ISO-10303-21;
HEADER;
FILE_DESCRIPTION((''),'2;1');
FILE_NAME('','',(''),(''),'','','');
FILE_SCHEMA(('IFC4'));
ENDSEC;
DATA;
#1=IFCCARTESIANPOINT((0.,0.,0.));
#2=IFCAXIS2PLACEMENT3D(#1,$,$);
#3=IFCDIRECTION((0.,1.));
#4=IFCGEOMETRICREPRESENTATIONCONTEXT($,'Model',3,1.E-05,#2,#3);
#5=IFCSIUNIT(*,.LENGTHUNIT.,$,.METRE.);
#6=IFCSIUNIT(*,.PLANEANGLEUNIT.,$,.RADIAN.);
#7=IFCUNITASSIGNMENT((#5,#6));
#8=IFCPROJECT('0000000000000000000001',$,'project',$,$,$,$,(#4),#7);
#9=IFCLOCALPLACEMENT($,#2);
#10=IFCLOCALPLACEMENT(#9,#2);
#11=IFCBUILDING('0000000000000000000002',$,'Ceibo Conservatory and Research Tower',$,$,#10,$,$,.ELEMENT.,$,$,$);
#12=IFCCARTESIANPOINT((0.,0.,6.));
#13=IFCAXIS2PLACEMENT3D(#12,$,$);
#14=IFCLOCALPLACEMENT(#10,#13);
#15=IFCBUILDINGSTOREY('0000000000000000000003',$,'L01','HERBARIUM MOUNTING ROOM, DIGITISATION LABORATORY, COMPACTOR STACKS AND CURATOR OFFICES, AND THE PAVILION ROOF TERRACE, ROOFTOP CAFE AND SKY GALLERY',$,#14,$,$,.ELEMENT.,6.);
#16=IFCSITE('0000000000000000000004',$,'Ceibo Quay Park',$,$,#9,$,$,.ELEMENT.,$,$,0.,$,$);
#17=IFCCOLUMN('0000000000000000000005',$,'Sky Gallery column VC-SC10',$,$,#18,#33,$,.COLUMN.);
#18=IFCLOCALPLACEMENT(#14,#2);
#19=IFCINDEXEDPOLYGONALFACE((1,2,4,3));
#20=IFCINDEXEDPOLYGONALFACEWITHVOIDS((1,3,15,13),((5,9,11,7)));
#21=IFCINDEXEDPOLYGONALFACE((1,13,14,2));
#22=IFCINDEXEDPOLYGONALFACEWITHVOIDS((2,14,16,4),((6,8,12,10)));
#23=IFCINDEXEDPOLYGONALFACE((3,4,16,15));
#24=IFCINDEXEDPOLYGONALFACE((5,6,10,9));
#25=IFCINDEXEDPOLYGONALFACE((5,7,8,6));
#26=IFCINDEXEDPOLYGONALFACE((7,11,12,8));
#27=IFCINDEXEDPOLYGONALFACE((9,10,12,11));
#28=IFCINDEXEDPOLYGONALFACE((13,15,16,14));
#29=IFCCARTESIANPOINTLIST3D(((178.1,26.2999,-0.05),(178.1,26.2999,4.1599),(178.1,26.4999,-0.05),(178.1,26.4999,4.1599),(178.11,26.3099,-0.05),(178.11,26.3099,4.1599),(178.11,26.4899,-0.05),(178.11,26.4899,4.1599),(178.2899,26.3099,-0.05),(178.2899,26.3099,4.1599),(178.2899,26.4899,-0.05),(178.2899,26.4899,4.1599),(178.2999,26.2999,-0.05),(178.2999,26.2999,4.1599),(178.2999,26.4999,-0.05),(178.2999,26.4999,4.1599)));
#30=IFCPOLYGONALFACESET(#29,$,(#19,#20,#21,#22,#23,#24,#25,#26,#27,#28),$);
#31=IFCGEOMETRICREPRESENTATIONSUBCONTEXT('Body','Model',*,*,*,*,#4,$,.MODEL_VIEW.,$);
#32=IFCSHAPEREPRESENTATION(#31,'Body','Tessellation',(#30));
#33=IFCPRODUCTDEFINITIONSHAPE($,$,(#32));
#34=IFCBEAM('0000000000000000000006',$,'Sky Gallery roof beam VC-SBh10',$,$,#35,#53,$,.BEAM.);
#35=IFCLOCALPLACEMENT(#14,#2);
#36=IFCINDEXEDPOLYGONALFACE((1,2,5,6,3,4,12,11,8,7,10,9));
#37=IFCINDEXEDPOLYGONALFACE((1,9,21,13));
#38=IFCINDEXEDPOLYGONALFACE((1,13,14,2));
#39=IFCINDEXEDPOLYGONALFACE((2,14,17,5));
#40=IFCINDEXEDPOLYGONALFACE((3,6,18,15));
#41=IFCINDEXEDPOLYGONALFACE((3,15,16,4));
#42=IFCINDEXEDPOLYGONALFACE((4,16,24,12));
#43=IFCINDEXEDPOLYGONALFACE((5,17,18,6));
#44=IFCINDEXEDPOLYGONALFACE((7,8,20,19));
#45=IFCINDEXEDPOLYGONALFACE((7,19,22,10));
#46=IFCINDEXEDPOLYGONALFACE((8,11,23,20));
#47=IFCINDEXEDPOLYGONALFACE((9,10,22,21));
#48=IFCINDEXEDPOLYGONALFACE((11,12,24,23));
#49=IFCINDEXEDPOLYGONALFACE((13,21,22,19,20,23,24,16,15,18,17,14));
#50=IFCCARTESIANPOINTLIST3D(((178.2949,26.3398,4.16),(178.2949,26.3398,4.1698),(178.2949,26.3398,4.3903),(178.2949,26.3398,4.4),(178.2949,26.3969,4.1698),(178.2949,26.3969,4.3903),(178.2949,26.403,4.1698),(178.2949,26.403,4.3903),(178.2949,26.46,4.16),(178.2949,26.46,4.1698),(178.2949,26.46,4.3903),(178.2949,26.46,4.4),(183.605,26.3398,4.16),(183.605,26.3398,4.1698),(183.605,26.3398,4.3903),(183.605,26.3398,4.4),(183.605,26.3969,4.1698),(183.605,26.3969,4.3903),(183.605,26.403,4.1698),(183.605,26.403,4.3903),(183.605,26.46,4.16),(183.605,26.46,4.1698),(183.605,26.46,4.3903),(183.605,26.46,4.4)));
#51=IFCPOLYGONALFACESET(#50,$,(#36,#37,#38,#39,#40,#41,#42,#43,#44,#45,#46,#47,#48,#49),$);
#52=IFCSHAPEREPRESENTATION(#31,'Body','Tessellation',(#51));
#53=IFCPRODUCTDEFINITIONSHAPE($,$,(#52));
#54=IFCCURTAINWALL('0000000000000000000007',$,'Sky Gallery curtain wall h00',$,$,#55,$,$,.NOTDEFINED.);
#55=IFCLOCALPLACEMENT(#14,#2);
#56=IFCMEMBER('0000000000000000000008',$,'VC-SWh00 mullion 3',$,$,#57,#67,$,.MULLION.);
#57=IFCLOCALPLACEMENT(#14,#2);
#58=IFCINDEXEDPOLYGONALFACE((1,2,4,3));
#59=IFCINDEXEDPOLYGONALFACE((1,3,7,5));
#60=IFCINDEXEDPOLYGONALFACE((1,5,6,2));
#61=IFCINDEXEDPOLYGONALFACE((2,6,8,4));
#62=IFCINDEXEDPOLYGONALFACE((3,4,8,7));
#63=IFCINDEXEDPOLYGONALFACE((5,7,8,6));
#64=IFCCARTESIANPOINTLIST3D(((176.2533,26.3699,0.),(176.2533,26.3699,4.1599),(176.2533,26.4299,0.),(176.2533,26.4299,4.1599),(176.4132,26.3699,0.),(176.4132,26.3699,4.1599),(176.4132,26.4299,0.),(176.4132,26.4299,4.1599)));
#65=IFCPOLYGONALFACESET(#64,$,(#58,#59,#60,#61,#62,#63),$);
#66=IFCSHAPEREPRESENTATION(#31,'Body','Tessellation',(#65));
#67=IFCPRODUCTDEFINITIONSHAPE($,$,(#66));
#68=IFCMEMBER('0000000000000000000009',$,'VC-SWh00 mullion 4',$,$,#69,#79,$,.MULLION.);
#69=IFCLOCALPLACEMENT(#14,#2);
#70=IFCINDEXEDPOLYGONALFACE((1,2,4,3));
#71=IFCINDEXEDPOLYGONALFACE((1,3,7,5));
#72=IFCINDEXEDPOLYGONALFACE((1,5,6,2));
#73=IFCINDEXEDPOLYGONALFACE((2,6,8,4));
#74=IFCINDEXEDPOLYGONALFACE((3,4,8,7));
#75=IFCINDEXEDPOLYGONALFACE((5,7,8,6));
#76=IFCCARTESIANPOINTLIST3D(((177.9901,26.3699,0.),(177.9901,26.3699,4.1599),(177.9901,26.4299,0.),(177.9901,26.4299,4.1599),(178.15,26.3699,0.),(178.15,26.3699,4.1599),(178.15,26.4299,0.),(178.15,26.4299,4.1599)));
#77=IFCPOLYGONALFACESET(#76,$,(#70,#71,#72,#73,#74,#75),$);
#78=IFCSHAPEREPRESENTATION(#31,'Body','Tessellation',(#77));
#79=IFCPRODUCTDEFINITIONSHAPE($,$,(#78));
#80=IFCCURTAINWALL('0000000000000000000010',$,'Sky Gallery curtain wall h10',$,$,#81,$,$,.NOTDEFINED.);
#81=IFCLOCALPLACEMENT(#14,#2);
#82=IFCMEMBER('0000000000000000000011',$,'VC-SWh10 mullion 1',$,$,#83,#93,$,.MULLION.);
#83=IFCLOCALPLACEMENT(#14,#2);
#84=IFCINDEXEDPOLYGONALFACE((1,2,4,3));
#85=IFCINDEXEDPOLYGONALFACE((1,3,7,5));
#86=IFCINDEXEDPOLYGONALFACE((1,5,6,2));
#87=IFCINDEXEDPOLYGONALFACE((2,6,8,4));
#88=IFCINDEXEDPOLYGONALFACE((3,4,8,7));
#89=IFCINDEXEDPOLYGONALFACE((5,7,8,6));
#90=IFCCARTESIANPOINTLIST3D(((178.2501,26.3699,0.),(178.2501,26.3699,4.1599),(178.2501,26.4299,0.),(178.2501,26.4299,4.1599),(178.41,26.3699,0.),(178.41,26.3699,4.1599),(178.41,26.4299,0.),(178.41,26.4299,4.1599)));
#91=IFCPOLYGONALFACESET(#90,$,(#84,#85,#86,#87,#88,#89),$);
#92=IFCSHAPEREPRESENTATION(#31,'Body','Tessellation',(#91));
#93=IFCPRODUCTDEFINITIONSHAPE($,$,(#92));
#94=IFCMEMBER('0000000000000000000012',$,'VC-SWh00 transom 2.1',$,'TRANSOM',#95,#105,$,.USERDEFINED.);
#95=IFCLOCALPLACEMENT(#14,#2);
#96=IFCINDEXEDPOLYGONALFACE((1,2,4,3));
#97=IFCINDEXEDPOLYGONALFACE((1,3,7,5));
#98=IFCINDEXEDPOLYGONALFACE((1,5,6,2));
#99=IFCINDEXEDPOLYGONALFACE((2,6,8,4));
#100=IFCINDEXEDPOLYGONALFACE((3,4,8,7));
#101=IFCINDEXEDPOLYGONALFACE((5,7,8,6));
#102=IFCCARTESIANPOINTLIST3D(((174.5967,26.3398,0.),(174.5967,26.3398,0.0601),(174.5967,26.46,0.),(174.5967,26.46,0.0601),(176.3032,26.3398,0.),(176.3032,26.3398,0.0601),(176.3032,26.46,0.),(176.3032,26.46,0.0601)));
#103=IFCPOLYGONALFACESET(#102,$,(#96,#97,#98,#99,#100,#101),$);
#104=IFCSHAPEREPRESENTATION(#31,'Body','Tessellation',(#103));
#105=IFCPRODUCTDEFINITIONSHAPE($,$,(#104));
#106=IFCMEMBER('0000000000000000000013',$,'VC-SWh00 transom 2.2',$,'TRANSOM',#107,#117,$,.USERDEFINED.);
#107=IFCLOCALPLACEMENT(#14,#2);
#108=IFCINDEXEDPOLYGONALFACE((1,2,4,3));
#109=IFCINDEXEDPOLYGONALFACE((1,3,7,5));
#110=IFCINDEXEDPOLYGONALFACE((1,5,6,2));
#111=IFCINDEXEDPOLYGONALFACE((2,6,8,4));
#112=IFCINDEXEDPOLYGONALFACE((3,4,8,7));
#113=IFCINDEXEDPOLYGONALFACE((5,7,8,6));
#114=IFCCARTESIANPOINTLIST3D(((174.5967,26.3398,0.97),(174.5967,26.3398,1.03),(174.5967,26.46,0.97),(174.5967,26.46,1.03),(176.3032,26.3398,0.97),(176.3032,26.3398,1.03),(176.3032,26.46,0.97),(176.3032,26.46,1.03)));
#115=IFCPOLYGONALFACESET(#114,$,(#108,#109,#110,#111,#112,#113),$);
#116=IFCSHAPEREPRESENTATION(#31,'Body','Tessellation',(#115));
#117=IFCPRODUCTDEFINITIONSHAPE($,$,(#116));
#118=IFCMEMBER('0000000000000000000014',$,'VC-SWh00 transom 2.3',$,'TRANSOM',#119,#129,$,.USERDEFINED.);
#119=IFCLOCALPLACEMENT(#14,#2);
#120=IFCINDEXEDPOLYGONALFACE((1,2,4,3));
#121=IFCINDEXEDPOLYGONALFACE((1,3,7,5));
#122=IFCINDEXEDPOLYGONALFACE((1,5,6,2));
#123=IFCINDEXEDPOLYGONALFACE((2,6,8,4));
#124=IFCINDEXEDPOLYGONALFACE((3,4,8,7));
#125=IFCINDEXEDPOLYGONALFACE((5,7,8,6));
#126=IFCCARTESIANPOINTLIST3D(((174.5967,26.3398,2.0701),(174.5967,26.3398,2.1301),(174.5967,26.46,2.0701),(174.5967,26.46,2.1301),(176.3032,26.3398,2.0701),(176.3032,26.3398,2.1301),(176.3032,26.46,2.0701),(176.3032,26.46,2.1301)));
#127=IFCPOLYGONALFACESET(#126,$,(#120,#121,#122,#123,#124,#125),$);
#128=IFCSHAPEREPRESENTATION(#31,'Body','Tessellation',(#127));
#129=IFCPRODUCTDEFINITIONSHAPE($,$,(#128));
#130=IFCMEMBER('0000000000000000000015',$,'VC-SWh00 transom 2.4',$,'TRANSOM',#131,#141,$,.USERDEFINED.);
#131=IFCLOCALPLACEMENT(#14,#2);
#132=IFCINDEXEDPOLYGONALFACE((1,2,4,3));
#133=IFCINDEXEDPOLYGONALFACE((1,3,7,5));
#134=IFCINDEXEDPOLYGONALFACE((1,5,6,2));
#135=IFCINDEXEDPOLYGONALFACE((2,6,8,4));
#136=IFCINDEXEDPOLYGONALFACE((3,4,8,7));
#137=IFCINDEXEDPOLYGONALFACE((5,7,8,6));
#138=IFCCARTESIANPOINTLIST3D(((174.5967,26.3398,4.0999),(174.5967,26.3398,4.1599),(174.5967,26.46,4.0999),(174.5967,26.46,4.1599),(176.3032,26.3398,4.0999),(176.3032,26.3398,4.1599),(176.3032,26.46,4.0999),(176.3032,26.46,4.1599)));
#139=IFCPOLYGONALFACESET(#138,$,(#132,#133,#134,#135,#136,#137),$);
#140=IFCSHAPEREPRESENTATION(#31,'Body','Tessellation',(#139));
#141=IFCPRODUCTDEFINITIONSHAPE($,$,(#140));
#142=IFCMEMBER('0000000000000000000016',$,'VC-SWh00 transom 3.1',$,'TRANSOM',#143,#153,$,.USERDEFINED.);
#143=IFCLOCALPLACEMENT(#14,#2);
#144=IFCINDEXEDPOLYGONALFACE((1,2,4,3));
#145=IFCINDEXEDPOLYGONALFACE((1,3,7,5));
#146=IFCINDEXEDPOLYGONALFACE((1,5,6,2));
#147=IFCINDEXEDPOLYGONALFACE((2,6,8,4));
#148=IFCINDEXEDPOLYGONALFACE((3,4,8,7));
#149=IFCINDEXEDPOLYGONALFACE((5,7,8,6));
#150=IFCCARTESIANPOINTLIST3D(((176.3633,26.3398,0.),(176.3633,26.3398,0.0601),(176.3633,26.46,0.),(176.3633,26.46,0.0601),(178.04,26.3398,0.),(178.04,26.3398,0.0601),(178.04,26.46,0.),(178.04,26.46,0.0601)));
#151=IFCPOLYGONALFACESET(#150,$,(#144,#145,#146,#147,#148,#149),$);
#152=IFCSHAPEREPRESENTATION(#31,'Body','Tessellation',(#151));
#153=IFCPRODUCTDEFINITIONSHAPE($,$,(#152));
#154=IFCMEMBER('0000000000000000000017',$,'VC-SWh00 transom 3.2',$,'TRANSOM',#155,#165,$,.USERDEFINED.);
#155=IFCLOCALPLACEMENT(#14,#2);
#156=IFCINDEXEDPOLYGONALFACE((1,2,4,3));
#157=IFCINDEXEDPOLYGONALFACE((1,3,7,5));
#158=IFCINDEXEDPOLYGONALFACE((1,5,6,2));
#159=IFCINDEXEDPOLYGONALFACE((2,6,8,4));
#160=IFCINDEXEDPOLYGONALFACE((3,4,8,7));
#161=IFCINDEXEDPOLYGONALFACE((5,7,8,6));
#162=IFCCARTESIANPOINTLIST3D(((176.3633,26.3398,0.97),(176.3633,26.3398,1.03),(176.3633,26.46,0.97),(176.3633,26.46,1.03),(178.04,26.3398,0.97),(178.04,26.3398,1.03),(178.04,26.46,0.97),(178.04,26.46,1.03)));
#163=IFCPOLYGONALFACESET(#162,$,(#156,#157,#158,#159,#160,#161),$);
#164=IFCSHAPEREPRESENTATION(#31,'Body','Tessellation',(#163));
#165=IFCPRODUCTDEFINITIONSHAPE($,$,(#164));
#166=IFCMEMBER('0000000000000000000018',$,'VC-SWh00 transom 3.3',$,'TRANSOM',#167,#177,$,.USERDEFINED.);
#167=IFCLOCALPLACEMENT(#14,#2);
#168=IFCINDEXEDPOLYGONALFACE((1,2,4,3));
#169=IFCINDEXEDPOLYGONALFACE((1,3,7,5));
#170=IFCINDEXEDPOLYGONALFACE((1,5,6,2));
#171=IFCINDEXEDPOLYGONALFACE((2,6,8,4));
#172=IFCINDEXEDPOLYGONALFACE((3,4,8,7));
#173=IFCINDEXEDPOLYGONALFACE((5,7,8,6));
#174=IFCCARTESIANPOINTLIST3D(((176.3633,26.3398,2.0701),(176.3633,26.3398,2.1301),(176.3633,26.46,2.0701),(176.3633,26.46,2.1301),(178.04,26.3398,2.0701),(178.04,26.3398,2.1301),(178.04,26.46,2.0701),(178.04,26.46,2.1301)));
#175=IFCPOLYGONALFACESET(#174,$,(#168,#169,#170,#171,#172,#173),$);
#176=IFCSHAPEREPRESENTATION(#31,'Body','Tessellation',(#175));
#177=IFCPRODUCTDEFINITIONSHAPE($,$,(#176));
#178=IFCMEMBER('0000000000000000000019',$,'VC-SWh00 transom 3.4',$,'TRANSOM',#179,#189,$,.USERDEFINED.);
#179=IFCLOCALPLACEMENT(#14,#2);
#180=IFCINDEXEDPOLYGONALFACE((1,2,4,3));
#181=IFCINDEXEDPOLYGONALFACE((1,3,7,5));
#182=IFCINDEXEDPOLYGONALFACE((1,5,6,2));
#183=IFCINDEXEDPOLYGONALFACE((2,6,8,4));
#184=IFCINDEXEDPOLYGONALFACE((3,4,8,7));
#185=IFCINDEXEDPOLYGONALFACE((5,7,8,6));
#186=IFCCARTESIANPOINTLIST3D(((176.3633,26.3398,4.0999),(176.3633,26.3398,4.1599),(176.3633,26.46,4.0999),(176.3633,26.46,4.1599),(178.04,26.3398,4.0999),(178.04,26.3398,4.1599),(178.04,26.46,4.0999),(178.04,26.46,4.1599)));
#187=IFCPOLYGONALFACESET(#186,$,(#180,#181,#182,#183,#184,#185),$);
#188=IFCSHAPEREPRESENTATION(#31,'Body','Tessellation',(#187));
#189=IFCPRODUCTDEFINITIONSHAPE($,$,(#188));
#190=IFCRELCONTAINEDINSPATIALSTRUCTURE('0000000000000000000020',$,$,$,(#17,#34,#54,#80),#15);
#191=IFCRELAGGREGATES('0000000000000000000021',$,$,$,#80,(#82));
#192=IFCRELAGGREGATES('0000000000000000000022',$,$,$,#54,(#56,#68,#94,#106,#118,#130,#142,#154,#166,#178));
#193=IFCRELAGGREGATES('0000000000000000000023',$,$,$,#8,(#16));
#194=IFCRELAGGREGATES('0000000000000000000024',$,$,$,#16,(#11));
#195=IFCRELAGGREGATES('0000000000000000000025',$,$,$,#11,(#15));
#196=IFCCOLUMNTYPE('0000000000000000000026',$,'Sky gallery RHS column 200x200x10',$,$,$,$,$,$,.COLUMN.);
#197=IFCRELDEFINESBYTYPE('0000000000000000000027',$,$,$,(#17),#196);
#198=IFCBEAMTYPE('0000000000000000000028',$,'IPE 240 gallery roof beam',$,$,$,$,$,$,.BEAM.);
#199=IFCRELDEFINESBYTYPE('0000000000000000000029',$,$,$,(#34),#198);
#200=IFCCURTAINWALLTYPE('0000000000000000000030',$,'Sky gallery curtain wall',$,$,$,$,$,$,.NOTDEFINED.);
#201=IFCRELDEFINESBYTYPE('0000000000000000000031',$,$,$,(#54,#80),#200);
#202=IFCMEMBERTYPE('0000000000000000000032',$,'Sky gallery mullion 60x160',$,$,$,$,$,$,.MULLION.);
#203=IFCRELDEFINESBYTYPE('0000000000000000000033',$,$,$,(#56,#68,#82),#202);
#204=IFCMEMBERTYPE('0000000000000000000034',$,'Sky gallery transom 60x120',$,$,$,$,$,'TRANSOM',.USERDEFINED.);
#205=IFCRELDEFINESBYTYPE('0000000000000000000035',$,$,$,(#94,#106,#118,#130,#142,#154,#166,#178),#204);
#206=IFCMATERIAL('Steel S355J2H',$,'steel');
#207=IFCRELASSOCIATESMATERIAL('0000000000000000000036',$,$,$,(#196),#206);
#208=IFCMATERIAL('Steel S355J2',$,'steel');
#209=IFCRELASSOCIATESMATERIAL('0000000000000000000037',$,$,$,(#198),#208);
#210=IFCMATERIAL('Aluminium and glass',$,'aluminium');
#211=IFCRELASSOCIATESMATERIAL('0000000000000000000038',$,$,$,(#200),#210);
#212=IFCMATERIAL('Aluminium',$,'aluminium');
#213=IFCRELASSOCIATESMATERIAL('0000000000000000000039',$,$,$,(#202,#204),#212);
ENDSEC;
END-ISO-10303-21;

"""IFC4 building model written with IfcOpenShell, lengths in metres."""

from ifc_helpers import new_model, si_unit, direction, frame, origin, origin_2d, place, context, subcontext, project, spatial, rectangle, hollow_rectangle, i_section, extrude, material, material_profile, profile_set, type_object, element, aggregate, save


model = new_model("IFC4")

# Units and contexts
model_context = context("Model", 3, precision=1e-05, world=origin(), true_north=direction((0.0, 1.0)))
body_context = subcontext(model_context, "Body", "Model", "MODEL_VIEW")
ifc_project = project(units=[si_unit("LENGTHUNIT", "METRE"), si_unit("PLANEANGLEUNIT", "RADIAN")], contexts=[model_context])

# Site, building, storey
site_placement = place(None, origin())
site = spatial("IfcSite", under=ifc_project, at=site_placement, Name="Ceibo Quay Park", CompositionType="ELEMENT", RefElevation=0.0)
building_placement = place(site_placement, origin())
building = spatial("IfcBuilding", under=site, at=building_placement, Name="Ceibo Conservatory and Research Tower", CompositionType="ELEMENT")
storey_placement = place(building_placement, frame((0.0, 0.0, 6.0)))
storey = spatial("IfcBuildingStorey", under=building, at=storey_placement, Name="L01", Description="HERBARIUM MOUNTING ROOM, DIGITISATION LABORATORY, COMPACTOR STACKS AND CURATOR OFFICES, AND THE PAVILION ROOF TERRACE, ROOFTOP CAFE AND SKY GALLERY", CompositionType="ELEMENT", Elevation=6.0)

# Column
ifc_material_1 = material(Name="Steel S355J2H", Category="steel")
ifc_material_profile_1 = material_profile(ifc_material_1, hollow_rectangle(XDim=0.2, YDim=0.2, WallThickness=0.01, at=origin_2d()), Name="Sky gallery RHS column 200x200x10")
ifc_profile_set_1 = profile_set([ifc_material_profile_1], Name="Steel S355J2H")
column_type = type_object("IfcColumnType", Name="Sky gallery RHS column 200x200x10", PredefinedType="COLUMN", material=ifc_profile_set_1)
column_placement = place(storey_placement, frame((178.2, 26.3999, -0.05), z_axis=(0.0, 0.0, 1.0), x_axis=(1.0, 0.0, 0.0)))
element("IfcColumn", 1, at=column_placement, inside=storey, type_object=column_type, Name="Sky Gallery column VC-SC10", PredefinedType="COLUMN", context=body_context, shape_type="SweptSolid", body=[
    extrude(hollow_rectangle(XDim=0.2, YDim=0.2, WallThickness=0.01, at=origin_2d()), origin(), (0.0, 0.0, 1.0), 4.21),
])

# Beam
ifc_material_2 = material(Name="Steel S355J2", Category="steel")
ifc_material_profile_2 = material_profile(ifc_material_2, i_section(OverallWidth=0.1201, OverallDepth=0.24, WebThickness=0.0061, FlangeThickness=0.0098, at=origin_2d()), Name="IPE 240")
ifc_profile_set_2 = profile_set([ifc_material_profile_2], Name="Steel S355J2")
beam_type = type_object("IfcBeamType", Name="IPE 240 gallery roof beam", PredefinedType="BEAM", material=ifc_profile_set_2)
beam_placement = place(storey_placement, frame((178.2949, 26.3999, 4.28), z_axis=(1.0, 0.0, 0.0), x_axis=(0.0, 1.0, 0.0)))
element("IfcBeam", 2, at=beam_placement, inside=storey, type_object=beam_type, Name="Sky Gallery roof beam VC-SBh10", PredefinedType="BEAM", context=body_context, shape_type="SweptSolid", body=[
    extrude(i_section(OverallWidth=0.1201, OverallDepth=0.24, WebThickness=0.0061, FlangeThickness=0.0098, at=origin_2d()), origin(), (0.0, 0.0, 1.0), 5.3101),
])

# Curtain wall, members
ifc_material_3 = material(Name="Aluminium and glass", Category="aluminium")
curtain_wall_type = type_object("IfcCurtainWallType", Name="Sky gallery curtain wall", PredefinedType="NOTDEFINED", material=ifc_material_3)
curtain_wall_1_placement = place(storey_placement, origin())
curtain_wall_1 = element("IfcCurtainWall", 3, at=curtain_wall_1_placement, inside=storey, type_object=curtain_wall_type, Name="Sky Gallery curtain wall h00", PredefinedType="NOTDEFINED")
ifc_material_4 = material(Name="Aluminium", Category="aluminium")
ifc_material_profile_3 = material_profile(ifc_material_4, rectangle(XDim=0.0601, YDim=0.1599, at=origin_2d()), Name="AL 60x160")
ifc_profile_set_3 = profile_set([ifc_material_profile_3], Name="Aluminium")
member_type_1 = type_object("IfcMemberType", Name="Sky gallery mullion 60x160", PredefinedType="MULLION", material=ifc_profile_set_3)
member_1_placement = place(storey_placement, frame((176.3333, 26.3999, 0.0), z_axis=(0.0, 0.0, 1.0), x_axis=(0.0, 1.0, 0.0)))
member_1 = element("IfcMember", 4, at=member_1_placement, type_object=member_type_1, Name="VC-SWh00 mullion 3", PredefinedType="MULLION", context=body_context, shape_type="SweptSolid", body=[
    extrude(rectangle(XDim=0.0601, YDim=0.1599, at=origin_2d()), origin(), (0.0, 0.0, 1.0), 4.1599),
])
member_2_placement = place(storey_placement, frame((178.0701, 26.3999, 0.0), z_axis=(0.0, 0.0, 1.0), x_axis=(0.0, 1.0, 0.0)))
member_2 = element("IfcMember", 5, at=member_2_placement, type_object=member_type_1, Name="VC-SWh00 mullion 4", PredefinedType="MULLION", context=body_context, shape_type="SweptSolid", body=[
    extrude(rectangle(XDim=0.0601, YDim=0.1599, at=origin_2d()), origin(), (0.0, 0.0, 1.0), 4.1599),
])

# Curtain wall, member
curtain_wall_2_placement = place(storey_placement, origin())
curtain_wall_2 = element("IfcCurtainWall", 6, at=curtain_wall_2_placement, inside=storey, type_object=curtain_wall_type, Name="Sky Gallery curtain wall h10", PredefinedType="NOTDEFINED")
member_3_placement = place(storey_placement, frame((178.3301, 26.3999, 0.0), z_axis=(0.0, 0.0, 1.0), x_axis=(0.0, 1.0, 0.0)))
member_3 = element("IfcMember", 7, at=member_3_placement, type_object=member_type_1, Name="VC-SWh10 mullion 1", PredefinedType="MULLION", context=body_context, shape_type="SweptSolid", body=[
    extrude(rectangle(XDim=0.0601, YDim=0.1599, at=origin_2d()), origin(), (0.0, 0.0, 1.0), 4.1599),
])

# Members
ifc_material_profile_4 = material_profile(ifc_material_4, rectangle(XDim=0.1201, YDim=0.0601, at=origin_2d()), Name="AL 60x120")
ifc_profile_set_4 = profile_set([ifc_material_profile_4], Name="Aluminium")
member_type_2 = type_object("IfcMemberType", Name="Sky gallery transom 60x120", ElementType="TRANSOM", PredefinedType="USERDEFINED", material=ifc_profile_set_4)
member_4_placement = place(storey_placement, frame((174.5967, 26.3999, 0.03), z_axis=(1.0, 0.0, 0.0), x_axis=(0.0, 1.0, 0.0)))
member_4 = element("IfcMember", 8, at=member_4_placement, type_object=member_type_2, Name="VC-SWh00 transom 2.1", ObjectType="TRANSOM", PredefinedType="USERDEFINED", context=body_context, shape_type="SweptSolid", body=[
    extrude(rectangle(XDim=0.1201, YDim=0.0601, at=origin_2d()), origin(), (0.0, 0.0, 1.0), 1.7065),
])
member_5_placement = place(storey_placement, frame((174.5967, 26.3999, 1.0), z_axis=(1.0, 0.0, 0.0), x_axis=(0.0, 1.0, 0.0)))
member_5 = element("IfcMember", 9, at=member_5_placement, type_object=member_type_2, Name="VC-SWh00 transom 2.2", ObjectType="TRANSOM", PredefinedType="USERDEFINED", context=body_context, shape_type="SweptSolid", body=[
    extrude(rectangle(XDim=0.1201, YDim=0.0601, at=origin_2d()), origin(), (0.0, 0.0, 1.0), 1.7065),
])
member_6_placement = place(storey_placement, frame((174.5967, 26.3999, 2.1001), z_axis=(1.0, 0.0, 0.0), x_axis=(0.0, 1.0, 0.0)))
member_6 = element("IfcMember", 10, at=member_6_placement, type_object=member_type_2, Name="VC-SWh00 transom 2.3", ObjectType="TRANSOM", PredefinedType="USERDEFINED", context=body_context, shape_type="SweptSolid", body=[
    extrude(rectangle(XDim=0.1201, YDim=0.0601, at=origin_2d()), origin(), (0.0, 0.0, 1.0), 1.7065),
])
member_7_placement = place(storey_placement, frame((174.5967, 26.3999, 4.1299), z_axis=(1.0, 0.0, 0.0), x_axis=(0.0, 1.0, 0.0)))
member_7 = element("IfcMember", 11, at=member_7_placement, type_object=member_type_2, Name="VC-SWh00 transom 2.4", ObjectType="TRANSOM", PredefinedType="USERDEFINED", context=body_context, shape_type="SweptSolid", body=[
    extrude(rectangle(XDim=0.1201, YDim=0.0601, at=origin_2d()), origin(), (0.0, 0.0, 1.0), 1.7065),
])
member_8_placement = place(storey_placement, frame((176.3633, 26.3999, 0.03), z_axis=(1.0, 0.0, 0.0), x_axis=(0.0, 1.0, 0.0)))
member_8 = element("IfcMember", 12, at=member_8_placement, type_object=member_type_2, Name="VC-SWh00 transom 3.1", ObjectType="TRANSOM", PredefinedType="USERDEFINED", context=body_context, shape_type="SweptSolid", body=[
    extrude(rectangle(XDim=0.1201, YDim=0.0601, at=origin_2d()), origin(), (0.0, 0.0, 1.0), 1.6768),
])
member_9_placement = place(storey_placement, frame((176.3633, 26.3999, 1.0), z_axis=(1.0, 0.0, 0.0), x_axis=(0.0, 1.0, 0.0)))
member_9 = element("IfcMember", 13, at=member_9_placement, type_object=member_type_2, Name="VC-SWh00 transom 3.2", ObjectType="TRANSOM", PredefinedType="USERDEFINED", context=body_context, shape_type="SweptSolid", body=[
    extrude(rectangle(XDim=0.1201, YDim=0.0601, at=origin_2d()), origin(), (0.0, 0.0, 1.0), 1.6768),
])
member_10_placement = place(storey_placement, frame((176.3633, 26.3999, 2.1001), z_axis=(1.0, 0.0, 0.0), x_axis=(0.0, 1.0, 0.0)))
member_10 = element("IfcMember", 14, at=member_10_placement, type_object=member_type_2, Name="VC-SWh00 transom 3.3", ObjectType="TRANSOM", PredefinedType="USERDEFINED", context=body_context, shape_type="SweptSolid", body=[
    extrude(rectangle(XDim=0.1201, YDim=0.0601, at=origin_2d()), origin(), (0.0, 0.0, 1.0), 1.6768),
])
member_11_placement = place(storey_placement, frame((176.3633, 26.3999, 4.1299), z_axis=(1.0, 0.0, 0.0), x_axis=(0.0, 1.0, 0.0)))
member_11 = element("IfcMember", 15, at=member_11_placement, type_object=member_type_2, Name="VC-SWh00 transom 3.4", ObjectType="TRANSOM", PredefinedType="USERDEFINED", context=body_context, shape_type="SweptSolid", body=[
    extrude(rectangle(XDim=0.1201, YDim=0.0601, at=origin_2d()), origin(), (0.0, 0.0, 1.0), 1.6768),
])
aggregate(curtain_wall_2, [member_3])

aggregate(curtain_wall_1, [member_1, member_2, member_4, member_5, member_6, member_7, member_8, member_9, member_10, member_11])

save(model, "model.ifc")
